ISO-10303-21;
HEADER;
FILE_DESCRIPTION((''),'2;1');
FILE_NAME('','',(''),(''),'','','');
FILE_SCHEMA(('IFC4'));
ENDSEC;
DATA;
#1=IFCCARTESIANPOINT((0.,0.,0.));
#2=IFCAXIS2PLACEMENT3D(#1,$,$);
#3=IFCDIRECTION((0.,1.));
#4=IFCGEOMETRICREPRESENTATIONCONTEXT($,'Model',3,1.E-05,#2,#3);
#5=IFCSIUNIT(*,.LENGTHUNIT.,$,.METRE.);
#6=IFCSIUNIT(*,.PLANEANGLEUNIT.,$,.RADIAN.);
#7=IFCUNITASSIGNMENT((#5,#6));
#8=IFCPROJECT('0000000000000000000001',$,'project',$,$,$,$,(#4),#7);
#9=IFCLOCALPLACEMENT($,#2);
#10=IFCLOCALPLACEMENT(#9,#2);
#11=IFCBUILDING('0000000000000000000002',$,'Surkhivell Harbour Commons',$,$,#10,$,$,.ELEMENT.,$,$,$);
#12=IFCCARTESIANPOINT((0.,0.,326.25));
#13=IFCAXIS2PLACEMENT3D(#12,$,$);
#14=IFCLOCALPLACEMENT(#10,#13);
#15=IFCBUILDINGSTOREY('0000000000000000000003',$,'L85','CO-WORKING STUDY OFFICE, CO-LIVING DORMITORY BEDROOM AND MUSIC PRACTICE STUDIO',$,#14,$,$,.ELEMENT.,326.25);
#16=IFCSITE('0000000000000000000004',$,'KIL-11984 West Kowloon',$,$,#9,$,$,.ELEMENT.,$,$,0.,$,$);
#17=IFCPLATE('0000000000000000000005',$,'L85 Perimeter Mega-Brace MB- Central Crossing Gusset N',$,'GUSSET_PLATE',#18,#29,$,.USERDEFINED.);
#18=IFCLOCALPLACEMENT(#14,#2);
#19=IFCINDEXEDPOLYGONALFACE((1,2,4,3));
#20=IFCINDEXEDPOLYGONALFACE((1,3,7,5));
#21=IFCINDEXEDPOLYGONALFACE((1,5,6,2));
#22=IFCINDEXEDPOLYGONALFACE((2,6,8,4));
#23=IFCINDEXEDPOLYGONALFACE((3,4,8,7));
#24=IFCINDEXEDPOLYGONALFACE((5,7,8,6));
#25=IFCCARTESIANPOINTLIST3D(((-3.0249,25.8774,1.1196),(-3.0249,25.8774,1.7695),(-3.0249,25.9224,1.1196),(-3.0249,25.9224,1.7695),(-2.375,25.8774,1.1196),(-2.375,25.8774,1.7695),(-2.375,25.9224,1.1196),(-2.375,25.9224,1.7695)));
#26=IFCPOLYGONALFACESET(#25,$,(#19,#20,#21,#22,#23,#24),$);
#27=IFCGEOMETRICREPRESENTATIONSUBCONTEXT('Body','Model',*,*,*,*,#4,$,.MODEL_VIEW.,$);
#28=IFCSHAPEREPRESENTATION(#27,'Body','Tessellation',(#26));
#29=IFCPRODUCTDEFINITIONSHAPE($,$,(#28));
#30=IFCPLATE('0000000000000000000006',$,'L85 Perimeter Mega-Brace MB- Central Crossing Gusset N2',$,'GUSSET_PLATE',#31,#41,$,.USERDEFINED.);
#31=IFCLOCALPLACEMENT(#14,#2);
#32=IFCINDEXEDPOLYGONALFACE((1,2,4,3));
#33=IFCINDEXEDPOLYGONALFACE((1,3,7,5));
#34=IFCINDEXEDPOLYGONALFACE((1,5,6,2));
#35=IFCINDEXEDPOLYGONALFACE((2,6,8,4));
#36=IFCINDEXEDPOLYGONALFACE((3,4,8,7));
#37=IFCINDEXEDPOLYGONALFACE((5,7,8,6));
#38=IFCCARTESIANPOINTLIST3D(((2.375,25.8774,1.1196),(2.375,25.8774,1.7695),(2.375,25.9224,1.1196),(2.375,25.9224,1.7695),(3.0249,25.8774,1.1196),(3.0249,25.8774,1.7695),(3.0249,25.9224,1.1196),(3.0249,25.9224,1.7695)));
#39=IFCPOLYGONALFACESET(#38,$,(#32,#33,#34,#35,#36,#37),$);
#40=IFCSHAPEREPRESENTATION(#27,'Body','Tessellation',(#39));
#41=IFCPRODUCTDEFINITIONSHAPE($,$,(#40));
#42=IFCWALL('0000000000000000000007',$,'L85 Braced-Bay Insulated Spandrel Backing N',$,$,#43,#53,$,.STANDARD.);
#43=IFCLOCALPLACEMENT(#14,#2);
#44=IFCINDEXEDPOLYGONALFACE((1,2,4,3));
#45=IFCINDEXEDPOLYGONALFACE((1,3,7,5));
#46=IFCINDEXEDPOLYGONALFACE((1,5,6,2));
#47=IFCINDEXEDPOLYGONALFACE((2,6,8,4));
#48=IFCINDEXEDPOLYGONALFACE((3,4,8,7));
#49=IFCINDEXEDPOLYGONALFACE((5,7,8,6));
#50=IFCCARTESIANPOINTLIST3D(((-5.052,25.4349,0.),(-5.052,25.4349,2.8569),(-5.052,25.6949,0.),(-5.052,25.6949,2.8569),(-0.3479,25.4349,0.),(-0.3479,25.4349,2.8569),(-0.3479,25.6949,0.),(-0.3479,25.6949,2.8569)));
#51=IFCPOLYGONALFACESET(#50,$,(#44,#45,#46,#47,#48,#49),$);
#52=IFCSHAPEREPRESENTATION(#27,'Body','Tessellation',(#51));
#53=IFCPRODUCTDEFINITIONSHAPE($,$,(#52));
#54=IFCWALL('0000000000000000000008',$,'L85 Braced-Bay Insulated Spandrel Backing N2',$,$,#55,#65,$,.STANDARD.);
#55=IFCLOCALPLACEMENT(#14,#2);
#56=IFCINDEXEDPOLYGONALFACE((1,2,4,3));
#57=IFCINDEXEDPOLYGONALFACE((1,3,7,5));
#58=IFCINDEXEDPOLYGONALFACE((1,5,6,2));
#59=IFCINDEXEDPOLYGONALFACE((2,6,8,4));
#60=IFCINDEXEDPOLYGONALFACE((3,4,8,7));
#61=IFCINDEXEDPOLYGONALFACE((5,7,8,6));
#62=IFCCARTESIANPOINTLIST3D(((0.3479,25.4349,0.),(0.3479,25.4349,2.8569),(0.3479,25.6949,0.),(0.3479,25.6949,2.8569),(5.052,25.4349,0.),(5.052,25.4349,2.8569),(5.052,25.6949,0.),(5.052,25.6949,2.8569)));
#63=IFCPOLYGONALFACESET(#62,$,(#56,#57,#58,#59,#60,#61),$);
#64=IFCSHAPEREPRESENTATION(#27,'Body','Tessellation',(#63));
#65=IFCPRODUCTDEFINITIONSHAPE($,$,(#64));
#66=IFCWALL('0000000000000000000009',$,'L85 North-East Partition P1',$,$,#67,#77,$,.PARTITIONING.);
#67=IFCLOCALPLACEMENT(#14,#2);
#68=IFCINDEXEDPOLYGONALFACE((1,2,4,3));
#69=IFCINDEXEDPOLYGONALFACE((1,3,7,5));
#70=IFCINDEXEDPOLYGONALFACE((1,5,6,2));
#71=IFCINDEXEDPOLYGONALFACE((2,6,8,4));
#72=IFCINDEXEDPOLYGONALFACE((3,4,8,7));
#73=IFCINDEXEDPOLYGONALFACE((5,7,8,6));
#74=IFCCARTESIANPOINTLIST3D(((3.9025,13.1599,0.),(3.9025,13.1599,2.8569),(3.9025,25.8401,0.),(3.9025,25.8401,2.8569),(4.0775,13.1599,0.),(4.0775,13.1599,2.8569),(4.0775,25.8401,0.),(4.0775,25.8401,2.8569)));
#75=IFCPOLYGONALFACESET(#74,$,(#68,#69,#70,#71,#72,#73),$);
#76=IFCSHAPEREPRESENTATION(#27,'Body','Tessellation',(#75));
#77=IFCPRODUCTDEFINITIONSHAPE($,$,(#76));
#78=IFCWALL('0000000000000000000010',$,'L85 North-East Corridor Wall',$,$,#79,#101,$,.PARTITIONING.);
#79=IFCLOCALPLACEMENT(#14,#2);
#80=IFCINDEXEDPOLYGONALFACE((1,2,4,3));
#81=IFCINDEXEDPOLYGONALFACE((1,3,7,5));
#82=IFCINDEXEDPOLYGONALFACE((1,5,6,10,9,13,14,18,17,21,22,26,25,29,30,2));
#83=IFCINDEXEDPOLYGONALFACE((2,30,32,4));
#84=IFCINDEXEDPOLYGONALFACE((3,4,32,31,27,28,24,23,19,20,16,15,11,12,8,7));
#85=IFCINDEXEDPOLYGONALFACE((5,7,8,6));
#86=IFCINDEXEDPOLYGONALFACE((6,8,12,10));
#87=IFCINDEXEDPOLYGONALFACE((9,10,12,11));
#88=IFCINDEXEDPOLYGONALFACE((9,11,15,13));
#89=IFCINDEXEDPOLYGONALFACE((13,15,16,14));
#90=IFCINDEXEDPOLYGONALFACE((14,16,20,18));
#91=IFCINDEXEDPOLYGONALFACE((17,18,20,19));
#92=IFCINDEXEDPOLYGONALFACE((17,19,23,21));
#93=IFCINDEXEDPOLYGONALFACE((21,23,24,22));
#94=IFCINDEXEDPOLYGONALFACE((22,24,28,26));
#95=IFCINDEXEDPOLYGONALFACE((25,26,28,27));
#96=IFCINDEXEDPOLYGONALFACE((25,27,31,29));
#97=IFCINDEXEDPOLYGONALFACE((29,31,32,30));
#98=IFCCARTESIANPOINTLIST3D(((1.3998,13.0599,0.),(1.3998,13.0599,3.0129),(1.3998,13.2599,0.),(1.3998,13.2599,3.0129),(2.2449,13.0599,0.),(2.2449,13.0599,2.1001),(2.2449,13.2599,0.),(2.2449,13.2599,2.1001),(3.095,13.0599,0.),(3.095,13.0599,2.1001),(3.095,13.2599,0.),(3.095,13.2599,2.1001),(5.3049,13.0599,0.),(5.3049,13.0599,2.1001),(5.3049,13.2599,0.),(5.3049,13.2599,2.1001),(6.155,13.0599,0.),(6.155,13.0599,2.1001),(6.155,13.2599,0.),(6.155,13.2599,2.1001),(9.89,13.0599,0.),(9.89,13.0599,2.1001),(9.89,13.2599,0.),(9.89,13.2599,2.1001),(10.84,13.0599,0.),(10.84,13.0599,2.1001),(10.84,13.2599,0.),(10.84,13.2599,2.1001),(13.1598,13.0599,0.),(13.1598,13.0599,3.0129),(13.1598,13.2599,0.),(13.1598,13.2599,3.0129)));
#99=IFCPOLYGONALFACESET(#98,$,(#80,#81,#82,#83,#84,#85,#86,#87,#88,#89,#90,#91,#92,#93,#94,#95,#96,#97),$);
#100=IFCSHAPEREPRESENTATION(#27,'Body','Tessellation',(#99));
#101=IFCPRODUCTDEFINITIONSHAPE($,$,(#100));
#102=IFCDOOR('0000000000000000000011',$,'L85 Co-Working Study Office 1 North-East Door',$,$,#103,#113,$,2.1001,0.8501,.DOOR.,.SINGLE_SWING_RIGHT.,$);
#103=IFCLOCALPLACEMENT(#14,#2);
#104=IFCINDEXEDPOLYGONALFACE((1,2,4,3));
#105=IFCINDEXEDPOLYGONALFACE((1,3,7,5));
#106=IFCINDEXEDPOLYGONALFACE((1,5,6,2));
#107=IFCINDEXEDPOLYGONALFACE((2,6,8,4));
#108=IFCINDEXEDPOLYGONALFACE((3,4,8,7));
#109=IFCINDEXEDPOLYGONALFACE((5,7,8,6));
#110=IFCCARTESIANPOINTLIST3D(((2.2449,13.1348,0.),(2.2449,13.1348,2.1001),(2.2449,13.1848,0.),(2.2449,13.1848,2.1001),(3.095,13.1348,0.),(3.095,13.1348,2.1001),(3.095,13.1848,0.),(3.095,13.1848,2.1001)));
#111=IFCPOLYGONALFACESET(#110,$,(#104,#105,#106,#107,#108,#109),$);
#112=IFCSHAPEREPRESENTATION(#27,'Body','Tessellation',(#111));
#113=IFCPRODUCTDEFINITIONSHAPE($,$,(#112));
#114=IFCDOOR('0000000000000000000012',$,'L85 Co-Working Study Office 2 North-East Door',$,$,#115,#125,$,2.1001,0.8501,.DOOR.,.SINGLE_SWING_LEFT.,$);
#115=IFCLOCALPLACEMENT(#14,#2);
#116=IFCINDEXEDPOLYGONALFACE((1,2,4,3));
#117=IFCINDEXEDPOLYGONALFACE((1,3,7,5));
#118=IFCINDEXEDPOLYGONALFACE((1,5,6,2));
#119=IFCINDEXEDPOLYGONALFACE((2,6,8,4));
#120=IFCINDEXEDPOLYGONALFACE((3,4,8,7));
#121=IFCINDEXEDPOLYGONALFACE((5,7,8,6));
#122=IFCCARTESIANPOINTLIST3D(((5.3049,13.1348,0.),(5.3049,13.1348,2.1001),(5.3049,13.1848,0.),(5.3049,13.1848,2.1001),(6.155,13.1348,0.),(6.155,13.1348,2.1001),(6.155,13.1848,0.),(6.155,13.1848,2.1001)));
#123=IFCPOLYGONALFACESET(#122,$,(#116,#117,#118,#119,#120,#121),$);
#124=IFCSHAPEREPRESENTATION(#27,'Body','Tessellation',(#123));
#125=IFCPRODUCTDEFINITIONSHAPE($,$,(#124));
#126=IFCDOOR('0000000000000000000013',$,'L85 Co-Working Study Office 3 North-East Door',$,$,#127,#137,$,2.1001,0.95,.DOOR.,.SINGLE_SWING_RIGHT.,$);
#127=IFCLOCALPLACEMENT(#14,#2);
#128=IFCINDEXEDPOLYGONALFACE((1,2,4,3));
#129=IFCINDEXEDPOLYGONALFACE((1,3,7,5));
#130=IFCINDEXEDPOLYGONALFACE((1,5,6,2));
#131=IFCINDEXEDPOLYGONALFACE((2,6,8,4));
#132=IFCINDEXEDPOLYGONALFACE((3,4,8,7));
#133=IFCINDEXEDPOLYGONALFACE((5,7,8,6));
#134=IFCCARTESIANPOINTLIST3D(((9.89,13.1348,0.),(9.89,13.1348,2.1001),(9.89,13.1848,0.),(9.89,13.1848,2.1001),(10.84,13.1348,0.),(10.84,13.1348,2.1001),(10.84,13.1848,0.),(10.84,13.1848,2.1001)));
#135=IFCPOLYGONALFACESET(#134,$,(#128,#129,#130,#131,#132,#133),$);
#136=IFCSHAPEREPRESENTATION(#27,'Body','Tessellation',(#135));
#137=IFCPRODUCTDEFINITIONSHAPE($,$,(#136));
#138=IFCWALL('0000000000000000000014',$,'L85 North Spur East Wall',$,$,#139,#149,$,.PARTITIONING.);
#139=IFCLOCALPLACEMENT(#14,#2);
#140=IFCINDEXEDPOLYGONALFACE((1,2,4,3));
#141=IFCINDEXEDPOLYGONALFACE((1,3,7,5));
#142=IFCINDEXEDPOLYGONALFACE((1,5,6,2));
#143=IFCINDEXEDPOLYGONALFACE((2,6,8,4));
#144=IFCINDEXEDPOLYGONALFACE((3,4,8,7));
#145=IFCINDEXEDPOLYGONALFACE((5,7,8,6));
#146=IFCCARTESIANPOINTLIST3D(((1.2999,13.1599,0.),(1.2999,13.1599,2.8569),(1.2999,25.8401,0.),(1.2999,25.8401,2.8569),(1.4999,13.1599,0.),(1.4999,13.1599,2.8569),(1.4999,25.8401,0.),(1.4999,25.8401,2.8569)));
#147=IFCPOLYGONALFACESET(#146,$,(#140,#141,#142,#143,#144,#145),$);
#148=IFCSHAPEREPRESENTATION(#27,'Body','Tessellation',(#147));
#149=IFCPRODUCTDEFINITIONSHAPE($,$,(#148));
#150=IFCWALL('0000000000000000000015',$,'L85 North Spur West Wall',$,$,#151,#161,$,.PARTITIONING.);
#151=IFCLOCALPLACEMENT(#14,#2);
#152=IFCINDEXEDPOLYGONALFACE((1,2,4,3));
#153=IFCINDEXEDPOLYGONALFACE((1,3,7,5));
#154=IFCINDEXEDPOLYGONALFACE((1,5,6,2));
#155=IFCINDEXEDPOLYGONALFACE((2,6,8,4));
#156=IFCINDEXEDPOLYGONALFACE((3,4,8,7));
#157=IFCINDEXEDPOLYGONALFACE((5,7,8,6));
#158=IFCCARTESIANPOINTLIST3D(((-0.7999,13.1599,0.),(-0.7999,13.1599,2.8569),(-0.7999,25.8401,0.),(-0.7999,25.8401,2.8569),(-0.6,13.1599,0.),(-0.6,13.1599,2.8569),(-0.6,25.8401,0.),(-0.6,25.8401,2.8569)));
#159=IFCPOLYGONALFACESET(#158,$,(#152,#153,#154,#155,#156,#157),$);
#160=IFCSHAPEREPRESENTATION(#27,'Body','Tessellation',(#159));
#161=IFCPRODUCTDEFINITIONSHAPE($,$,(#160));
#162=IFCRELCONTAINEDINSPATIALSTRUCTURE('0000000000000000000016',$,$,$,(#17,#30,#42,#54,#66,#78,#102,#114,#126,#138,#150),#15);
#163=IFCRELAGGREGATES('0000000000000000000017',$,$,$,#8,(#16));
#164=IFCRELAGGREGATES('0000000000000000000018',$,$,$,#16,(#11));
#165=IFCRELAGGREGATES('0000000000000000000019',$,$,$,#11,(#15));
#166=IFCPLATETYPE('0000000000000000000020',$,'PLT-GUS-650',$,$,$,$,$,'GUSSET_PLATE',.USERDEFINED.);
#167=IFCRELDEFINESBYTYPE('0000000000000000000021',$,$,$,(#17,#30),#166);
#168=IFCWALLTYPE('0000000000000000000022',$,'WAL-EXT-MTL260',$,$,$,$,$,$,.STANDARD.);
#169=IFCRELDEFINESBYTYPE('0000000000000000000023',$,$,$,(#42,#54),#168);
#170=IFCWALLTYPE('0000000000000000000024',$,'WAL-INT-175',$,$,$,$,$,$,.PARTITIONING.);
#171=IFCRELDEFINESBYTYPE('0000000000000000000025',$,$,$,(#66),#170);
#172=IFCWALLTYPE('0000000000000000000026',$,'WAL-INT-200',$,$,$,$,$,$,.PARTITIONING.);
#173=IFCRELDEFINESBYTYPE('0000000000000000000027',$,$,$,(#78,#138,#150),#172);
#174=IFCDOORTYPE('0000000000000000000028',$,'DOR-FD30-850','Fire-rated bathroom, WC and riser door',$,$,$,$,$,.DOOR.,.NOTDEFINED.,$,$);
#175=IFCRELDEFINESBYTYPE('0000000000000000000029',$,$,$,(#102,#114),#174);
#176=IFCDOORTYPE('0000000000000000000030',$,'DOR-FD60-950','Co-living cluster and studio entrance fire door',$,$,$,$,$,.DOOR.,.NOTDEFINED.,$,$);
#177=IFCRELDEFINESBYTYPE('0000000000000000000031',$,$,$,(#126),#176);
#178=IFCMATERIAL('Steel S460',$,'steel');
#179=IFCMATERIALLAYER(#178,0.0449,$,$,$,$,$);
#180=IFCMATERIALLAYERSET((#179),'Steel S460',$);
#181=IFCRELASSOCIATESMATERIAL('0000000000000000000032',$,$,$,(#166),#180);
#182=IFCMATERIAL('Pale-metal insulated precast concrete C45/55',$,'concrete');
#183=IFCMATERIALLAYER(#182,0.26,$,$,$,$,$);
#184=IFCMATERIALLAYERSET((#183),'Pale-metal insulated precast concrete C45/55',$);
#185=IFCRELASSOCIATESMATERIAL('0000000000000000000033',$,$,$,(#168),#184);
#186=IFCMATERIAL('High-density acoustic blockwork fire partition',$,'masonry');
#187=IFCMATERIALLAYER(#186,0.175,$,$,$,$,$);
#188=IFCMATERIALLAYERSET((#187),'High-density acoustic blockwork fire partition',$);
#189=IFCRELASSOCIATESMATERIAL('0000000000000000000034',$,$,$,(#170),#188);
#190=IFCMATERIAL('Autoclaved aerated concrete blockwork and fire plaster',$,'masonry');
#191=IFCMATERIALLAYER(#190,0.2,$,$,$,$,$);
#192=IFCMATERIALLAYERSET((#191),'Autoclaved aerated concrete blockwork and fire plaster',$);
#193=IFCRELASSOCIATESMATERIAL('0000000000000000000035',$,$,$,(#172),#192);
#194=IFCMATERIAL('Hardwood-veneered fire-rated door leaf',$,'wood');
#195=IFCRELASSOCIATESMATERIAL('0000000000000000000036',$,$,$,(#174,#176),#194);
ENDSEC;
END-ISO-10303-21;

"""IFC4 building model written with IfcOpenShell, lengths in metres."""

from ifc_helpers import new_model, si_unit, direction, frame, frame_2d, origin, origin_2d, place, context, subcontext, project, spatial, rectangle, extrude, material, layer, layer_set, type_object, element, fill, save


model = new_model("IFC4")

# Units and contexts
model_context = context("Model", 3, precision=1e-05, world=origin(), true_north=direction((0.0, 1.0)))
body_context = subcontext(model_context, "Body", "Model", "MODEL_VIEW")
ifc_project = project(units=[si_unit("LENGTHUNIT", "METRE"), si_unit("PLANEANGLEUNIT", "RADIAN")], contexts=[model_context])

# Site, building, storey
site_placement = place(None, origin())
site = spatial("IfcSite", under=ifc_project, at=site_placement, Name="KIL-11984 West Kowloon", CompositionType="ELEMENT", RefElevation=0.0)
building_placement = place(site_placement, origin())
building = spatial("IfcBuilding", under=site, at=building_placement, Name="Surkhivell Harbour Commons", CompositionType="ELEMENT")
storey_placement = place(building_placement, frame((0.0, 0.0, 326.25)))
storey = spatial("IfcBuildingStorey", under=building, at=storey_placement, Name="L85", Description="CO-WORKING STUDY OFFICE, CO-LIVING DORMITORY BEDROOM AND MUSIC PRACTICE STUDIO", CompositionType="ELEMENT", Elevation=326.25)

# Plates
ifc_material_1 = material(Name="Steel S460", Category="steel")
ifc_layer_1 = layer(ifc_material_1, 0.0449)
ifc_layer_set_1 = layer_set([ifc_layer_1], Name="Steel S460")
plate_type_1 = type_object("IfcPlateType", Name="PLT-GUS-650", ElementType="GUSSET_PLATE", PredefinedType="USERDEFINED", material=ifc_layer_set_1)
for number, where, z_axis, x_axis, name in (
    (1, (-2.7, 25.8999, 1.1196), (0.0, 0.0, 1.0), (1.0, 0.0, 0.0), "L85 Perimeter Mega-Brace MB- Central Crossing Gusset N"),
    (2, (2.7, 25.8999, 1.1196), (0.0, 0.0, 1.0), (1.0, 0.0, 0.0), "L85 Perimeter Mega-Brace MB- Central Crossing Gusset N2"),
):
    element("IfcPlate", number, at=place(storey_placement, frame(where, z_axis=z_axis, x_axis=x_axis)), inside=storey, type_object=plate_type_1, Name=name, ObjectType="GUSSET_PLATE", PredefinedType="USERDEFINED", context=body_context, shape_type="SweptSolid", body=[
        extrude(rectangle(XDim=0.6499, YDim=0.0449, at=origin_2d()), origin(), (0.0, 0.0, 1.0), 0.6499),
    ])

# Walls
ifc_material_2 = material(Name="Pale-metal insulated precast concrete C45/55", Category="concrete")
ifc_layer_2 = layer(ifc_material_2, 0.26)
ifc_layer_set_2 = layer_set([ifc_layer_2], Name="Pale-metal insulated precast concrete C45/55")
wall_type_1 = type_object("IfcWallType", Name="WAL-EXT-MTL260", PredefinedType="STANDARD", material=ifc_layer_set_2)
for number, where, z_axis, x_axis, name in (
    (3, (-0.3479, 25.5649, 0.0), (0.0, 0.0, 1.0), (-1.0, 0.0, 0.0), "L85 Braced-Bay Insulated Spandrel Backing N"),
    (4, (5.052, 25.5649, 0.0), (0.0, 0.0, 1.0), (-1.0, 0.0, 0.0), "L85 Braced-Bay Insulated Spandrel Backing N2"),
):
    element("IfcWall", number, at=place(storey_placement, frame(where, z_axis=z_axis, x_axis=x_axis)), inside=storey, type_object=wall_type_1, Name=name, PredefinedType="STANDARD", context=body_context, shape_type="SweptSolid", body=[
        extrude(rectangle(XDim=4.7041, YDim=0.26, at=frame_2d((2.3521, 0.0))), origin(), (0.0, 0.0, 1.0), 2.8569),
    ])
ifc_material_3 = material(Name="High-density acoustic blockwork fire partition", Category="masonry")
ifc_layer_3 = layer(ifc_material_3, 0.175)
ifc_layer_set_3 = layer_set([ifc_layer_3], Name="High-density acoustic blockwork fire partition")
wall_type_2 = type_object("IfcWallType", Name="WAL-INT-175", PredefinedType="PARTITIONING", material=ifc_layer_set_3)
wall_1_placement = place(storey_placement, frame((3.99, 13.1599, 0.0), z_axis=(0.0, 0.0, 1.0), x_axis=(0.0, 1.0, 0.0)))
element("IfcWall", 5, at=wall_1_placement, inside=storey, type_object=wall_type_2, Name="L85 North-East Partition P1", PredefinedType="PARTITIONING", context=body_context, shape_type="SweptSolid", body=[
    extrude(rectangle(XDim=12.6802, YDim=0.175, at=frame_2d((6.3401, 0.0))), origin(), (0.0, 0.0, 1.0), 2.8569),
])

# Wall, openings, doors
ifc_material_4 = material(Name="Autoclaved aerated concrete blockwork and fire plaster", Category="masonry")
ifc_layer_4 = layer(ifc_material_4, 0.2)
ifc_layer_set_4 = layer_set([ifc_layer_4], Name="Autoclaved aerated concrete blockwork and fire plaster")
wall_type_3 = type_object("IfcWallType", Name="WAL-INT-200", PredefinedType="PARTITIONING", material=ifc_layer_set_4)
wall_2_placement = place(storey_placement, frame((1.3999, 13.1599, 0.0), z_axis=(0.0, 0.0, 1.0), x_axis=(1.0, 0.0, 0.0)))
wall_2 = element("IfcWall", 6, at=wall_2_placement, inside=storey, type_object=wall_type_3, Name="L85 North-East Corridor Wall", PredefinedType="PARTITIONING", context=body_context, shape_type="SweptSolid", body=[
    extrude(rectangle(XDim=11.76, YDim=0.2, at=frame_2d((5.8799, 0.0))), origin(), (0.0, 0.0, 1.0), 3.0129),
])
opening_1_placement = place(wall_2_placement, frame((0.845, 0.0, 0.0)))
opening_1 = element("IfcOpeningElement", 7, at=opening_1_placement, cuts=wall_2, PredefinedType="OPENING", context=body_context, shape_type="SweptSolid", body=[
    extrude(rectangle(XDim=0.8501, YDim=2.1001, at=frame_2d((0.425, 1.05))), frame((0.0, 0.1099, 0.0), z_axis=(0.0, -1.0, 0.0), x_axis=(1.0, 0.0, 0.0)), (0.0, 0.0, 1.0), 0.22),
])
opening_2_placement = place(wall_2_placement, frame((3.905, 0.0, 0.0)))
opening_2 = element("IfcOpeningElement", 8, at=opening_2_placement, cuts=wall_2, PredefinedType="OPENING", context=body_context, shape_type="SweptSolid", body=[
    extrude(rectangle(XDim=0.8501, YDim=2.1001, at=frame_2d((0.425, 1.05))), frame((0.0, 0.1099, 0.0), z_axis=(0.0, -1.0, 0.0), x_axis=(1.0, 0.0, 0.0)), (0.0, 0.0, 1.0), 0.22),
])
opening_3_placement = place(wall_2_placement, frame((8.49, 0.0, 0.0)))
opening_3 = element("IfcOpeningElement", 9, at=opening_3_placement, cuts=wall_2, PredefinedType="OPENING", context=body_context, shape_type="SweptSolid", body=[
    extrude(rectangle(XDim=0.95, YDim=2.1001, at=frame_2d((0.4751, 1.05))), frame((0.0, 0.1099, 0.0), z_axis=(0.0, -1.0, 0.0), x_axis=(1.0, 0.0, 0.0)), (0.0, 0.0, 1.0), 0.22),
])
ifc_material_5 = material(Name="Hardwood-veneered fire-rated door leaf", Category="wood")
door_type_1 = type_object("IfcDoorType", Name="DOR-FD30-850", Description="Fire-rated bathroom, WC and riser door", OperationType="NOTDEFINED", PredefinedType="DOOR", material=ifc_material_5)
door_1_placement = place(opening_1_placement, origin())
door_1 = element("IfcDoor", 10, at=door_1_placement, inside=storey, type_object=door_type_1, Name="L85 Co-Working Study Office 1 North-East Door", OperationType="SINGLE_SWING_RIGHT", OverallHeight=2.1001, OverallWidth=0.8501, PredefinedType="DOOR", context=body_context, shape_type="SweptSolid", body=[
    extrude(rectangle(XDim=0.8501, YDim=2.1001, at=frame_2d((0.425, 1.05))), frame((0.0, 0.0249, 0.0), z_axis=(0.0, -1.0, 0.0), x_axis=(1.0, 0.0, 0.0)), (0.0, 0.0, 1.0), 0.05),
])
fill(opening_1, door_1)
door_2_placement = place(opening_2_placement, origin())
door_2 = element("IfcDoor", 11, at=door_2_placement, inside=storey, type_object=door_type_1, Name="L85 Co-Working Study Office 2 North-East Door", OperationType="SINGLE_SWING_LEFT", OverallHeight=2.1001, OverallWidth=0.8501, PredefinedType="DOOR", context=body_context, shape_type="SweptSolid", body=[
    extrude(rectangle(XDim=0.8501, YDim=2.1001, at=frame_2d((0.425, 1.05))), frame((0.0, 0.0249, 0.0), z_axis=(0.0, -1.0, 0.0), x_axis=(1.0, 0.0, 0.0)), (0.0, 0.0, 1.0), 0.05),
])
fill(opening_2, door_2)
door_type_2 = type_object("IfcDoorType", Name="DOR-FD60-950", Description="Co-living cluster and studio entrance fire door", OperationType="NOTDEFINED", PredefinedType="DOOR", material=ifc_material_5)
door_3_placement = place(opening_3_placement, origin())
door_3 = element("IfcDoor", 12, at=door_3_placement, inside=storey, type_object=door_type_2, Name="L85 Co-Working Study Office 3 North-East Door", OperationType="SINGLE_SWING_RIGHT", OverallHeight=2.1001, OverallWidth=0.95, PredefinedType="DOOR", context=body_context, shape_type="SweptSolid", body=[
    extrude(rectangle(XDim=0.95, YDim=2.1001, at=frame_2d((0.4751, 1.05))), frame((0.0, 0.0249, 0.0), z_axis=(0.0, -1.0, 0.0), x_axis=(1.0, 0.0, 0.0)), (0.0, 0.0, 1.0), 0.05),
])
fill(opening_3, door_3)

# Walls
for number, where, z_axis, x_axis, name in (
    (13, (1.3999, 13.1599, 0.0), (0.0, 0.0, 1.0), (0.0, 1.0, 0.0), "L85 North Spur East Wall"),
    (14, (-0.7, 13.1599, 0.0), (0.0, 0.0, 1.0), (0.0, 1.0, 0.0), "L85 North Spur West Wall"),
):
    element("IfcWall", number, at=place(storey_placement, frame(where, z_axis=z_axis, x_axis=x_axis)), inside=storey, type_object=wall_type_3, Name=name, PredefinedType="PARTITIONING", context=body_context, shape_type="SweptSolid", body=[
        extrude(rectangle(XDim=12.6802, YDim=0.2, at=frame_2d((6.3401, 0.0))), origin(), (0.0, 0.0, 1.0), 2.8569),
    ])

save(model, "model.ifc")
